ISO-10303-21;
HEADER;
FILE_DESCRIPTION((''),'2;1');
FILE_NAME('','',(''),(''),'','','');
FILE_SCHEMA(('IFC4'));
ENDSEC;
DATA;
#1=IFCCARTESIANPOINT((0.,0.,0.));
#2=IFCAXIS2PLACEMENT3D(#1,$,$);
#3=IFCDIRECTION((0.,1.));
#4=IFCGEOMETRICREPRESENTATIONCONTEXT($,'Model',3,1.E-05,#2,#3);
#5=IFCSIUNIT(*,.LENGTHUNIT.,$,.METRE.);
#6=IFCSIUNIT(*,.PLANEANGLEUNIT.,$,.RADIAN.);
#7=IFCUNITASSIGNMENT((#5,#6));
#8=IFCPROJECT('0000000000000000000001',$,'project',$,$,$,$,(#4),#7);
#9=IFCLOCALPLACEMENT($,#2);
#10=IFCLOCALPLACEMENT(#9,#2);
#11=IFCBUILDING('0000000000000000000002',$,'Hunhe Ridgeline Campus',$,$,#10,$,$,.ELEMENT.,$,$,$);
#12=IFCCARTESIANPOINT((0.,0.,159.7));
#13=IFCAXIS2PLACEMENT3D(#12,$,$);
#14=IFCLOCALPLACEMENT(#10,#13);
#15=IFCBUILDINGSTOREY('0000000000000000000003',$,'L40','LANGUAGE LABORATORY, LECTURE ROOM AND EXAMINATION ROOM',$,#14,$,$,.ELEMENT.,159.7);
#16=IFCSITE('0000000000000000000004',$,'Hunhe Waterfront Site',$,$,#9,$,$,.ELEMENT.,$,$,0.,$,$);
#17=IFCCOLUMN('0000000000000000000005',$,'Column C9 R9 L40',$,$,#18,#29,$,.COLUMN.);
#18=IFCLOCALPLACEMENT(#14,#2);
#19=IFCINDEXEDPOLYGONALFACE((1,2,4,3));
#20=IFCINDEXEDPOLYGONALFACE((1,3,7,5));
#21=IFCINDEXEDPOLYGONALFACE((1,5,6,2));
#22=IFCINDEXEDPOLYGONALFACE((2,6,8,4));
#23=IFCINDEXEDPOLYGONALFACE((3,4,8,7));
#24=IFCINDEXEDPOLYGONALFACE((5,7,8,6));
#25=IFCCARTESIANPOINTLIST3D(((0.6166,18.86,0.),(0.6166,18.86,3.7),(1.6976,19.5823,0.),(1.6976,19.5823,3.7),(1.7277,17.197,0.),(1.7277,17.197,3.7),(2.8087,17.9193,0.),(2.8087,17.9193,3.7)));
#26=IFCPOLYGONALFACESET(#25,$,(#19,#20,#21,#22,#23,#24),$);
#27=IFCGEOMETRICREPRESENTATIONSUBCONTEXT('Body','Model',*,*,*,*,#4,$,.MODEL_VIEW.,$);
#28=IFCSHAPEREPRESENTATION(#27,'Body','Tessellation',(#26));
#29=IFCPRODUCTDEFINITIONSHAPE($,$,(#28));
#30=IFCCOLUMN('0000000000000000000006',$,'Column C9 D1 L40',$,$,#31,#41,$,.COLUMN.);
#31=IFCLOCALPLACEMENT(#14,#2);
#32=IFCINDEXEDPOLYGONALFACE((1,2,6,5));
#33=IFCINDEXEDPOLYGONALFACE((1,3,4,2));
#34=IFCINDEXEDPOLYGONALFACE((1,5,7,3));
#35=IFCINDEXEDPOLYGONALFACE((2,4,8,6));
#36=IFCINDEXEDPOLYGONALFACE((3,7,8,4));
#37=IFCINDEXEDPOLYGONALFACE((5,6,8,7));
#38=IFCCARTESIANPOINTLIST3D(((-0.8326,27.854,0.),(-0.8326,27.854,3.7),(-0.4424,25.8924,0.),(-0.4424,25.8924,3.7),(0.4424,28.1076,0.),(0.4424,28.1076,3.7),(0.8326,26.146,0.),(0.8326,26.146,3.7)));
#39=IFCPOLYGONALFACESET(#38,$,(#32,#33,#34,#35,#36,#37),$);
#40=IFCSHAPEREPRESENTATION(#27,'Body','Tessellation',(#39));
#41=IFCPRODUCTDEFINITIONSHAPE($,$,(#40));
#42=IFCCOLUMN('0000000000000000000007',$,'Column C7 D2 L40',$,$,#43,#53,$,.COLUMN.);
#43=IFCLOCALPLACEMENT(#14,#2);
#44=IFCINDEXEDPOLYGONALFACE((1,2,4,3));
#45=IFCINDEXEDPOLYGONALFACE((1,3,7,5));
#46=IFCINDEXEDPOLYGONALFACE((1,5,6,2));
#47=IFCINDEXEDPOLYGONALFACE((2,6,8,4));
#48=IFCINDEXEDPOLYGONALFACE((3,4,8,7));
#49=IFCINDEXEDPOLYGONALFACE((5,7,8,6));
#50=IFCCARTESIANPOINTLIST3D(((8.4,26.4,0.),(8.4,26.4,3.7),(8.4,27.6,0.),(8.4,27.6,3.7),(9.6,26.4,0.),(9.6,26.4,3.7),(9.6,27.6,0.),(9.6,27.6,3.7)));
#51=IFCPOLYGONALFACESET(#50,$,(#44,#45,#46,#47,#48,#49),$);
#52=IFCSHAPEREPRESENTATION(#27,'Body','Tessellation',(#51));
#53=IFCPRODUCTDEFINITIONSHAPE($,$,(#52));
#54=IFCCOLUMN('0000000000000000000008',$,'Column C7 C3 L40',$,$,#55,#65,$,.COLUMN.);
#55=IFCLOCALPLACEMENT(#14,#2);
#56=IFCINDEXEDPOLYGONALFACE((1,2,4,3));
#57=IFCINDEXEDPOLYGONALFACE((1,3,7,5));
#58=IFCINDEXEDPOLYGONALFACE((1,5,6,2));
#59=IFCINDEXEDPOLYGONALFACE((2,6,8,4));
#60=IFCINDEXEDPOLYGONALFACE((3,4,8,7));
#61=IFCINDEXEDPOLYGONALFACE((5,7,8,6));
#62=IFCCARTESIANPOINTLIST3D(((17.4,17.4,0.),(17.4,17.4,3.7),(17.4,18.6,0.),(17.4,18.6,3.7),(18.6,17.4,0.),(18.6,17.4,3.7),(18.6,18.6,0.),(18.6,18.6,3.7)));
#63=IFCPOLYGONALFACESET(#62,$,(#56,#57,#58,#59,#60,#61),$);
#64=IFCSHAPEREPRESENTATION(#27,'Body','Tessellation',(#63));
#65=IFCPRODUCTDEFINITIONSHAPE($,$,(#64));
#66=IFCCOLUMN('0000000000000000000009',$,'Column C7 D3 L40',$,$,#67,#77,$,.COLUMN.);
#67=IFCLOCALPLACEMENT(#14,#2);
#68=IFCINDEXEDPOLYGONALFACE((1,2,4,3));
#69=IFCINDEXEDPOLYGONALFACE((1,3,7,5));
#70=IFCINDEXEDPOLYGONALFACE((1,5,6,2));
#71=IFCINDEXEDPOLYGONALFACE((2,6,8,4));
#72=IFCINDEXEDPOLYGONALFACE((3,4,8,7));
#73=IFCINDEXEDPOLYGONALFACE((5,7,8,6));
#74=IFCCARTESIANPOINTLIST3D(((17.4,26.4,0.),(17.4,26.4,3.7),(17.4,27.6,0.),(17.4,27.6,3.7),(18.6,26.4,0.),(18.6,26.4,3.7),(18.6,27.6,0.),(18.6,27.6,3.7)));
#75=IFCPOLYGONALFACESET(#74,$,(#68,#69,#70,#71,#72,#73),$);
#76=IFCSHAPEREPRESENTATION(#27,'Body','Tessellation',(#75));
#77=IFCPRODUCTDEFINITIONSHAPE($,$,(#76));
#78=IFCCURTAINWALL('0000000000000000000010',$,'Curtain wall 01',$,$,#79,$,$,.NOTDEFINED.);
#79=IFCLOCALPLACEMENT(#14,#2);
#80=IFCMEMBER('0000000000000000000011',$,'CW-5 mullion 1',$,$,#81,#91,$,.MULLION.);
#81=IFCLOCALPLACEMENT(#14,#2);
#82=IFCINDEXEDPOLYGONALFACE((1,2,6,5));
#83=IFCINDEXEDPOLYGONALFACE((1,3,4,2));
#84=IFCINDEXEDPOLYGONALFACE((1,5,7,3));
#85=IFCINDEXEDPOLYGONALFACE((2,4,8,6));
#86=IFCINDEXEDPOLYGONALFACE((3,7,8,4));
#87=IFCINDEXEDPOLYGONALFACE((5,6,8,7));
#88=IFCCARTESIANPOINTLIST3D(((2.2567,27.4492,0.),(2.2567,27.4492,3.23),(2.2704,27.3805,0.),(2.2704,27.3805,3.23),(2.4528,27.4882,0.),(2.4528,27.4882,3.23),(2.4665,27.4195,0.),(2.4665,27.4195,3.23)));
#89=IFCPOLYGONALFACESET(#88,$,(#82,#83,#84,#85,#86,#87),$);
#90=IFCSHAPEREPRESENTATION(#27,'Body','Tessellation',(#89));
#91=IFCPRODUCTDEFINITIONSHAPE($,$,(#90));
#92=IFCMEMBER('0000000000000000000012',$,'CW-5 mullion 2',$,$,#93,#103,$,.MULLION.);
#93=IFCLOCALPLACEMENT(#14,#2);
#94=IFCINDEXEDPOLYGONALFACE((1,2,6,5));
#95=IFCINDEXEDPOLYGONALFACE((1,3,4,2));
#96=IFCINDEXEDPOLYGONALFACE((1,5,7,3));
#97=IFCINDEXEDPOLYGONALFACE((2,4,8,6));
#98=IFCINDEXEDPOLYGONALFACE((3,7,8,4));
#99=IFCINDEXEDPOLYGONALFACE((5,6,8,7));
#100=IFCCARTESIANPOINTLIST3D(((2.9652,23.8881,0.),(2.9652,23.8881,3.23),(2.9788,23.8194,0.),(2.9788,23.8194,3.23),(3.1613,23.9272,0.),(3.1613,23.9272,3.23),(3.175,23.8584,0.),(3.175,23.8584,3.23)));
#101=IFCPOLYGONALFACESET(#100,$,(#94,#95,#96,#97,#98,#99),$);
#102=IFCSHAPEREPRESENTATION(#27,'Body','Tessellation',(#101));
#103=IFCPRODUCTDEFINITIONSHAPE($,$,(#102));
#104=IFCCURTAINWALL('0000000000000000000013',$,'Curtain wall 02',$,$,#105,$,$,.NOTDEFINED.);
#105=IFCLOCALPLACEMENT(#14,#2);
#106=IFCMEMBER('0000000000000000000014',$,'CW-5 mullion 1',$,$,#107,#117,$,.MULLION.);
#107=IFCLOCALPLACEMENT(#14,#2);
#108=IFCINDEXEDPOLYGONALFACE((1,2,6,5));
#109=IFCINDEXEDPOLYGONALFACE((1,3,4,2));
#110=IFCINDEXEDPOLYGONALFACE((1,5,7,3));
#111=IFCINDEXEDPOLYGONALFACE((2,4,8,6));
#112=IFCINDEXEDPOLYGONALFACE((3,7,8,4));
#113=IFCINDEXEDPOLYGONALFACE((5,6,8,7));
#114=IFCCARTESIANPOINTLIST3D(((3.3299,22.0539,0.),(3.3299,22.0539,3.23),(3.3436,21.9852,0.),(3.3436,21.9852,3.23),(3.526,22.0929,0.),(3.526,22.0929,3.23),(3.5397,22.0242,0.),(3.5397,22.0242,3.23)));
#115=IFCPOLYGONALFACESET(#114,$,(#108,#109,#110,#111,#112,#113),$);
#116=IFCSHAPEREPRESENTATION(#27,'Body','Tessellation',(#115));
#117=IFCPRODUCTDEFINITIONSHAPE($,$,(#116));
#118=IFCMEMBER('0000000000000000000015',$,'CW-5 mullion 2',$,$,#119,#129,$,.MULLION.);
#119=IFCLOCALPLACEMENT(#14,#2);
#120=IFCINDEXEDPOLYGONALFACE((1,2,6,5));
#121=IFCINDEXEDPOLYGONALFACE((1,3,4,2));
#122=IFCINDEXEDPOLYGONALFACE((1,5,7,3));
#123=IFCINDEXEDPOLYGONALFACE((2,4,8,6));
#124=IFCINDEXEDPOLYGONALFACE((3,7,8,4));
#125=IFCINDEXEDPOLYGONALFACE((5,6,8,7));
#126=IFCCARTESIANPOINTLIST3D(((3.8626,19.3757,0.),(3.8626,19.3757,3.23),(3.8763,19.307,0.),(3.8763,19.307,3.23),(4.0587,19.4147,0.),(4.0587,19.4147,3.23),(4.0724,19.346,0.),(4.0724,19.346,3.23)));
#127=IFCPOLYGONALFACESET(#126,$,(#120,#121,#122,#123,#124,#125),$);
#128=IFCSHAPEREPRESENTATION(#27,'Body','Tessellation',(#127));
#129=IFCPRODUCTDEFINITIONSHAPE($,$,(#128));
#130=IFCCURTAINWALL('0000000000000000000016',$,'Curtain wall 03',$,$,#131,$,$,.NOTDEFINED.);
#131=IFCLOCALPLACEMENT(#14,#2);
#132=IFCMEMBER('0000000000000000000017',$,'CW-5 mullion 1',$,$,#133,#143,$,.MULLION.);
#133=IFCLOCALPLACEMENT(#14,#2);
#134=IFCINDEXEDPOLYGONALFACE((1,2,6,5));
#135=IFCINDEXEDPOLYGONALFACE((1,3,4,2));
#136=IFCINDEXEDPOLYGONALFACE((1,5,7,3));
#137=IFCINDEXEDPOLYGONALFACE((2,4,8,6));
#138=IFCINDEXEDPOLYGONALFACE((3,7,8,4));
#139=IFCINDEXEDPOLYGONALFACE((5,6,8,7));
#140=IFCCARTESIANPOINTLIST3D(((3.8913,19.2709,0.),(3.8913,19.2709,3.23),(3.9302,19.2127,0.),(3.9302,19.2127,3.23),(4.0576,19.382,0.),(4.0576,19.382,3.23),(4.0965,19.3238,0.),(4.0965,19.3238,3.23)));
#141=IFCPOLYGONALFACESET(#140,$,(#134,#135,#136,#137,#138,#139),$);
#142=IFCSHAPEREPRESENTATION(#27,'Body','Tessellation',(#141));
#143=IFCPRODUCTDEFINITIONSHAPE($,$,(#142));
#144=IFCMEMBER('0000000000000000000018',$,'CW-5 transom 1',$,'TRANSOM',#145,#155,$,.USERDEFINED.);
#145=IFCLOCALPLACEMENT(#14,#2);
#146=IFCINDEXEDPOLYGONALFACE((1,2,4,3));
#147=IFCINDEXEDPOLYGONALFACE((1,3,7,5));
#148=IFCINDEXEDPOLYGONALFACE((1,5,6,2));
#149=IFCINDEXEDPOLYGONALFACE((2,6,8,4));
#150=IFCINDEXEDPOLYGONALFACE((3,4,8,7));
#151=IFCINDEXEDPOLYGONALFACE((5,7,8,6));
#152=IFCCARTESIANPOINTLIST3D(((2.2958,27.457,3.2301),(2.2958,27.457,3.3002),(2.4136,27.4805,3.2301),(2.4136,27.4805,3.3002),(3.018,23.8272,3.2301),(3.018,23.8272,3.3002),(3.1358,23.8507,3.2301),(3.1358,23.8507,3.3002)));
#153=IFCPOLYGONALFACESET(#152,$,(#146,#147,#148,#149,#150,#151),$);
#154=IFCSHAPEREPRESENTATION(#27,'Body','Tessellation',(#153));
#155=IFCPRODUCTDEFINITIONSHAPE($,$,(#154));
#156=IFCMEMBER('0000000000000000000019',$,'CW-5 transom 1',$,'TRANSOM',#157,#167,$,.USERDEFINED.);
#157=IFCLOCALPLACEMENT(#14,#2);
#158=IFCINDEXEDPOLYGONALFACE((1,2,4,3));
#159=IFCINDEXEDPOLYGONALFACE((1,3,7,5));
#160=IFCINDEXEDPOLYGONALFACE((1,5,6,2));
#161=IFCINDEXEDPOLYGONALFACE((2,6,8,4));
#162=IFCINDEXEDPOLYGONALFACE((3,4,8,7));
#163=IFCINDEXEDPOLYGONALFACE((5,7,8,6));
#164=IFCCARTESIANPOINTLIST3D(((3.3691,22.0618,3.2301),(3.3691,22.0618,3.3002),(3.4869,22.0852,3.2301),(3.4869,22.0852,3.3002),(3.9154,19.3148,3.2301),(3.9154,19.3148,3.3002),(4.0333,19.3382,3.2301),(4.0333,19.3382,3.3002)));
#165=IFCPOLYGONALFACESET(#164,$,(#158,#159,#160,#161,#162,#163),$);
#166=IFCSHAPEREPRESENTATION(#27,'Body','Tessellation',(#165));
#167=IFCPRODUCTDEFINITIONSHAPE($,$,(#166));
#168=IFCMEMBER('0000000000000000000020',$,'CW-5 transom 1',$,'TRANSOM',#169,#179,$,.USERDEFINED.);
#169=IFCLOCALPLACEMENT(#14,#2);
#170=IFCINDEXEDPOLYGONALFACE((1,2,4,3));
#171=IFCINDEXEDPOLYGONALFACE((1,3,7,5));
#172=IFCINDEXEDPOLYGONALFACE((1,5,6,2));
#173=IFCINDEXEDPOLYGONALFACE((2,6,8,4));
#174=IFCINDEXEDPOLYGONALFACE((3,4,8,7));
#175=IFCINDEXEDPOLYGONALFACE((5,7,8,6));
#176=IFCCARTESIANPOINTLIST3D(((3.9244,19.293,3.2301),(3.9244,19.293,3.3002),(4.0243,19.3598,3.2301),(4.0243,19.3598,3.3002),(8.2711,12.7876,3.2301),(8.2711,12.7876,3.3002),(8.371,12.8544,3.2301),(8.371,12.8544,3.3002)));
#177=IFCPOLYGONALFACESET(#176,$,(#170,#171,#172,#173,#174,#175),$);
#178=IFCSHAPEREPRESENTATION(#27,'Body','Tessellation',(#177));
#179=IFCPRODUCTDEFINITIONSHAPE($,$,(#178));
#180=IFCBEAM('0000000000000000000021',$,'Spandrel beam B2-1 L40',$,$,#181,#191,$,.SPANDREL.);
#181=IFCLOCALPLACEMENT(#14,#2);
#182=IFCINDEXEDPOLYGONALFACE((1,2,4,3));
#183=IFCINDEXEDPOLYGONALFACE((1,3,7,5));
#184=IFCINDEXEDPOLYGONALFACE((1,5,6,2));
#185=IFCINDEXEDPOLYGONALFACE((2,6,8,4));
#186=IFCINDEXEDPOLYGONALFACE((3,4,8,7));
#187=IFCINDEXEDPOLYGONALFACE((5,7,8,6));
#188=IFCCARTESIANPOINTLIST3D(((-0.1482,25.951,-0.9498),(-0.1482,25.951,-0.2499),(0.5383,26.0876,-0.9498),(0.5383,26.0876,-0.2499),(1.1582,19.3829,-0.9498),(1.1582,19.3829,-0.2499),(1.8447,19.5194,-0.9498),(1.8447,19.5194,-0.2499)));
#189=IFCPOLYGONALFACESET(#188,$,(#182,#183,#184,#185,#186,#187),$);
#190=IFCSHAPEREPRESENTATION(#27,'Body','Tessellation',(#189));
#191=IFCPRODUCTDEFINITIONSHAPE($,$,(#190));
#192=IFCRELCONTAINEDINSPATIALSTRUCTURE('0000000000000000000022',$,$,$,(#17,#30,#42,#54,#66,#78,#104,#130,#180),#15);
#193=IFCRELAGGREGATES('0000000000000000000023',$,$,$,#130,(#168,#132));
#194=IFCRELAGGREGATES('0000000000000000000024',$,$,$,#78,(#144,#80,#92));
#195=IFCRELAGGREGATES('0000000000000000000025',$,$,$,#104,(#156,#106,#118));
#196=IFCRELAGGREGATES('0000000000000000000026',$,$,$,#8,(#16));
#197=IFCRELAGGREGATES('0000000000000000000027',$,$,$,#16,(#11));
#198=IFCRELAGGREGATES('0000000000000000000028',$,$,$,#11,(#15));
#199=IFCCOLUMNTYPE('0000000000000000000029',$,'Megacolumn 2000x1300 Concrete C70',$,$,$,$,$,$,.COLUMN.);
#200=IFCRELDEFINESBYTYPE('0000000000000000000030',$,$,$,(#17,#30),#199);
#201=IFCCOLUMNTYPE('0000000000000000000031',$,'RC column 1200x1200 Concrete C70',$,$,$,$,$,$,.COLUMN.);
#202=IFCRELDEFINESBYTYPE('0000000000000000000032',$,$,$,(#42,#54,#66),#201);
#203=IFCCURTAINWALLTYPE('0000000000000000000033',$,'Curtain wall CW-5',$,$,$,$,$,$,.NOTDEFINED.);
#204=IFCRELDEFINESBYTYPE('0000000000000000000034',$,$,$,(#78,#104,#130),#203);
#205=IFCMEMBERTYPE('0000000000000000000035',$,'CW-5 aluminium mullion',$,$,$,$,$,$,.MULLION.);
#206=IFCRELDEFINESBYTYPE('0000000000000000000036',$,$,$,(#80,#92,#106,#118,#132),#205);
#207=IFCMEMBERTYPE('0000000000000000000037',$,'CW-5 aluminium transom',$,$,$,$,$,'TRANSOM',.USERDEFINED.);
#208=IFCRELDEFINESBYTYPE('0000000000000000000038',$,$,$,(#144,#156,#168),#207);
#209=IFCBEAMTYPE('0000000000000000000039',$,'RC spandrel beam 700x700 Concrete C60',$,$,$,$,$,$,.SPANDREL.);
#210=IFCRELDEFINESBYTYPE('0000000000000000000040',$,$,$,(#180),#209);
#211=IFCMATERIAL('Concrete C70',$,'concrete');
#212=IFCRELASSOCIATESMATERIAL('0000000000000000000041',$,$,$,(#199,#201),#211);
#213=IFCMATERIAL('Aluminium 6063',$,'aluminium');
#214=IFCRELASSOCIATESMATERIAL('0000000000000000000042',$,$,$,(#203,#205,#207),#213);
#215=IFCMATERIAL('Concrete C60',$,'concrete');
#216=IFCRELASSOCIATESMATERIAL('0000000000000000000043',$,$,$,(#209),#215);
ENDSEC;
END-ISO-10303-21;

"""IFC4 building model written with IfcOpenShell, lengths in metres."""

from ifc_helpers import new_model, si_unit, direction, frame, origin, origin_2d, place, context, subcontext, project, spatial, rectangle, extrude, material, material_profile, profile_set, type_object, element, aggregate, save


model = new_model("IFC4")

# Units and contexts
model_context = context("Model", 3, precision=1e-05, world=origin(), true_north=direction((0.0, 1.0)))
body_context = subcontext(model_context, "Body", "Model", "MODEL_VIEW")
ifc_project = project(units=[si_unit("LENGTHUNIT", "METRE"), si_unit("PLANEANGLEUNIT", "RADIAN")], contexts=[model_context])

# Site, building, storey
site_placement = place(None, origin())
site = spatial("IfcSite", under=ifc_project, at=site_placement, Name="Hunhe Waterfront Site", CompositionType="ELEMENT", RefElevation=0.0)
building_placement = place(site_placement, origin())
building = spatial("IfcBuilding", under=site, at=building_placement, Name="Hunhe Ridgeline Campus", CompositionType="ELEMENT")
storey_placement = place(building_placement, frame((0.0, 0.0, 159.7)))
storey = spatial("IfcBuildingStorey", under=building, at=storey_placement, Name="L40", Description="LANGUAGE LABORATORY, LECTURE ROOM AND EXAMINATION ROOM", CompositionType="ELEMENT", Elevation=159.7)

# Columns
ifc_material_1 = material(Name="Concrete C70", Category="concrete")
ifc_material_profile_1 = material_profile(ifc_material_1, rectangle(XDim=2.0, YDim=1.3, at=origin_2d()))
ifc_profile_set_1 = profile_set([ifc_material_profile_1], Name="Concrete C70")
column_type_1 = type_object("IfcColumnType", Name="Megacolumn 2000x1300 Concrete C70", PredefinedType="COLUMN", material=ifc_profile_set_1)
for number, where, z_axis, x_axis, name in (
    (1, (1.7126, 18.3896, 0.0), (0.0, 0.0, 1.0), (-0.55557, 0.83147, 0.0), "Column C9 R9 L40"),
    (2, (0.0, 27.0, 0.0), (0.0, 0.0, 1.0), (-0.19509, 0.980785, 0.0), "Column C9 D1 L40"),
):
    element("IfcColumn", number, at=place(storey_placement, frame(where, z_axis=z_axis, x_axis=x_axis)), inside=storey, type_object=column_type_1, Name=name, PredefinedType="COLUMN", context=body_context, shape_type="SweptSolid", body=[
        extrude(rectangle(XDim=2.0, YDim=1.3, at=origin_2d()), origin(), (0.0, 0.0, 1.0), 3.7),
    ])
ifc_material_profile_2 = material_profile(ifc_material_1, rectangle(XDim=1.2, YDim=1.2, at=origin_2d()))
ifc_profile_set_2 = profile_set([ifc_material_profile_2], Name="Concrete C70")
column_type_2 = type_object("IfcColumnType", Name="RC column 1200x1200 Concrete C70", PredefinedType="COLUMN", material=ifc_profile_set_2)
for number, where, z_axis, x_axis, name in (
    (3, (9.0, 27.0, 0.0), (0.0, 0.0, 1.0), (1.0, 0.0, 0.0), "Column C7 D2 L40"),
    (4, (18.0, 18.0, 0.0), (0.0, 0.0, 1.0), (1.0, 0.0, 0.0), "Column C7 C3 L40"),
    (5, (18.0, 27.0, 0.0), (0.0, 0.0, 1.0), (1.0, 0.0, 0.0), "Column C7 D3 L40"),
):
    element("IfcColumn", number, at=place(storey_placement, frame(where, z_axis=z_axis, x_axis=x_axis)), inside=storey, type_object=column_type_2, Name=name, PredefinedType="COLUMN", context=body_context, shape_type="SweptSolid", body=[
        extrude(rectangle(XDim=1.2, YDim=1.2, at=origin_2d()), origin(), (0.0, 0.0, 1.0), 3.7),
    ])

# Curtain walls, members
ifc_material_2 = material(Name="Aluminium 6063", Category="aluminium")
curtain_wall_type = type_object("IfcCurtainWallType", Name="Curtain wall CW-5", PredefinedType="NOTDEFINED", material=ifc_material_2)
curtain_wall_1_placement = place(storey_placement, origin())
curtain_wall_1 = element("IfcCurtainWall", 6, at=curtain_wall_1_placement, inside=storey, type_object=curtain_wall_type, Name="Curtain wall 01", PredefinedType="NOTDEFINED")
ifc_material_profile_3 = material_profile(ifc_material_2, rectangle(XDim=0.2, YDim=0.0701, at=origin_2d()))
ifc_profile_set_3 = profile_set([ifc_material_profile_3], Name="Aluminium 6063")
member_type_1 = type_object("IfcMemberType", Name="CW-5 aluminium mullion", PredefinedType="MULLION", material=ifc_profile_set_3)
member_1_placement = place(storey_placement, frame((2.3616, 27.4343, 0.0), z_axis=(0.0, 0.0, 1.0), x_axis=(0.980784, 0.195095, 0.0)))
member_1 = element("IfcMember", 7, at=member_1_placement, type_object=member_type_1, Name="CW-5 mullion 1", PredefinedType="MULLION", context=body_context, shape_type="SweptSolid", body=[
    extrude(rectangle(XDim=0.2, YDim=0.0701, at=origin_2d()), origin(), (0.0, 0.0, 1.0), 3.23),
])
member_2_placement = place(storey_placement, frame((3.0701, 23.8733, 0.0), z_axis=(0.0, 0.0, 1.0), x_axis=(0.980784, 0.195095, 0.0)))
member_2 = element("IfcMember", 8, at=member_2_placement, type_object=member_type_1, Name="CW-5 mullion 2", PredefinedType="MULLION", context=body_context, shape_type="SweptSolid", body=[
    extrude(rectangle(XDim=0.2, YDim=0.0701, at=origin_2d()), origin(), (0.0, 0.0, 1.0), 3.23),
])
curtain_wall_2_placement = place(storey_placement, origin())
curtain_wall_2 = element("IfcCurtainWall", 9, at=curtain_wall_2_placement, inside=storey, type_object=curtain_wall_type, Name="Curtain wall 02", PredefinedType="NOTDEFINED")
member_3_placement = place(storey_placement, frame((3.4348, 22.0391, 0.0), z_axis=(0.0, 0.0, 1.0), x_axis=(0.980784, 0.195095, 0.0)))
member_3 = element("IfcMember", 10, at=member_3_placement, type_object=member_type_1, Name="CW-5 mullion 1", PredefinedType="MULLION", context=body_context, shape_type="SweptSolid", body=[
    extrude(rectangle(XDim=0.2, YDim=0.0701, at=origin_2d()), origin(), (0.0, 0.0, 1.0), 3.23),
])
member_4_placement = place(storey_placement, frame((3.9675, 19.3608, 0.0), z_axis=(0.0, 0.0, 1.0), x_axis=(0.980784, 0.195095, 0.0)))
member_4 = element("IfcMember", 11, at=member_4_placement, type_object=member_type_1, Name="CW-5 mullion 2", PredefinedType="MULLION", context=body_context, shape_type="SweptSolid", body=[
    extrude(rectangle(XDim=0.2, YDim=0.0701, at=origin_2d()), origin(), (0.0, 0.0, 1.0), 3.23),
])

# Curtain wall, member
curtain_wall_3_placement = place(storey_placement, origin())
curtain_wall_3 = element("IfcCurtainWall", 12, at=curtain_wall_3_placement, inside=storey, type_object=curtain_wall_type, Name="Curtain wall 03", PredefinedType="NOTDEFINED")
member_5_placement = place(storey_placement, frame((3.9939, 19.2974, 0.0), z_axis=(0.0, 0.0, 1.0), x_axis=(0.83147, 0.55557, 0.0)))
member_5 = element("IfcMember", 13, at=member_5_placement, type_object=member_type_1, Name="CW-5 mullion 1", PredefinedType="MULLION", context=body_context, shape_type="SweptSolid", body=[
    extrude(rectangle(XDim=0.2, YDim=0.0701, at=origin_2d()), origin(), (0.0, 0.0, 1.0), 3.23),
])

# Members
ifc_material_profile_4 = material_profile(ifc_material_2, rectangle(XDim=0.1201, YDim=0.0701, at=origin_2d()))
ifc_profile_set_4 = profile_set([ifc_material_profile_4], Name="Aluminium 6063")
member_type_2 = type_object("IfcMemberType", Name="CW-5 aluminium transom", ElementType="TRANSOM", PredefinedType="USERDEFINED", material=ifc_profile_set_4)
member_6_placement = place(storey_placement, frame((2.3547, 27.4688, 3.2651), z_axis=(0.195127, -0.980778, 0.0), x_axis=(0.980778, 0.195127, 0.0)))
member_6 = element("IfcMember", 14, at=member_6_placement, type_object=member_type_2, Name="CW-5 transom 1", ObjectType="TRANSOM", PredefinedType="USERDEFINED", context=body_context, shape_type="SweptSolid", body=[
    extrude(rectangle(XDim=0.1201, YDim=0.0701, at=origin_2d()), origin(), (0.0, 0.0, 1.0), 3.7009),
])
member_7_placement = place(storey_placement, frame((3.428, 22.0735, 3.2651), z_axis=(0.195077, -0.980788, 0.0), x_axis=(0.980788, 0.195077, 0.0)))
member_7 = element("IfcMember", 15, at=member_7_placement, type_object=member_type_2, Name="CW-5 transom 1", ObjectType="TRANSOM", PredefinedType="USERDEFINED", context=body_context, shape_type="SweptSolid", body=[
    extrude(rectangle(XDim=0.1201, YDim=0.0701, at=origin_2d()), origin(), (0.0, 0.0, 1.0), 2.8008),
])
member_8_placement = place(storey_placement, frame((3.9744, 19.3264, 3.2651), z_axis=(0.555564, -0.831474, 0.0), x_axis=(0.831474, 0.555564, 0.0)))
member_8 = element("IfcMember", 16, at=member_8_placement, type_object=member_type_2, Name="CW-5 transom 1", ObjectType="TRANSOM", PredefinedType="USERDEFINED", context=body_context, shape_type="SweptSolid", body=[
    extrude(rectangle(XDim=0.1201, YDim=0.0701, at=origin_2d()), origin(), (0.0, 0.0, 1.0), 7.824),
])
aggregate(curtain_wall_3, [member_8, member_5])

# Beam
ifc_material_3 = material(Name="Concrete C60", Category="concrete")
ifc_material_profile_5 = material_profile(ifc_material_3, rectangle(XDim=0.7, YDim=0.7, at=origin_2d()))
ifc_profile_set_5 = profile_set([ifc_material_profile_5], Name="Concrete C60")
beam_type = type_object("IfcBeamType", Name="RC spandrel beam 700x700 Concrete C60", PredefinedType="SPANDREL", material=ifc_profile_set_5)
beam_placement = place(storey_placement, frame((0.1951, 26.0193, -0.5999), z_axis=(0.195078, -0.980788, 0.0), x_axis=(0.980788, 0.195078, 0.0)))
element("IfcBeam", 17, at=beam_placement, inside=storey, type_object=beam_type, Name="Spandrel beam B2-1 L40", PredefinedType="SPANDREL", context=body_context, shape_type="SweptSolid", body=[
    extrude(rectangle(XDim=0.7, YDim=0.7, at=origin_2d()), origin(), (0.0, 0.0, 1.0), 6.6968),
])

aggregate(curtain_wall_1, [member_6, member_1, member_2])
aggregate(curtain_wall_2, [member_7, member_3, member_4])

save(model, "model.ifc")
